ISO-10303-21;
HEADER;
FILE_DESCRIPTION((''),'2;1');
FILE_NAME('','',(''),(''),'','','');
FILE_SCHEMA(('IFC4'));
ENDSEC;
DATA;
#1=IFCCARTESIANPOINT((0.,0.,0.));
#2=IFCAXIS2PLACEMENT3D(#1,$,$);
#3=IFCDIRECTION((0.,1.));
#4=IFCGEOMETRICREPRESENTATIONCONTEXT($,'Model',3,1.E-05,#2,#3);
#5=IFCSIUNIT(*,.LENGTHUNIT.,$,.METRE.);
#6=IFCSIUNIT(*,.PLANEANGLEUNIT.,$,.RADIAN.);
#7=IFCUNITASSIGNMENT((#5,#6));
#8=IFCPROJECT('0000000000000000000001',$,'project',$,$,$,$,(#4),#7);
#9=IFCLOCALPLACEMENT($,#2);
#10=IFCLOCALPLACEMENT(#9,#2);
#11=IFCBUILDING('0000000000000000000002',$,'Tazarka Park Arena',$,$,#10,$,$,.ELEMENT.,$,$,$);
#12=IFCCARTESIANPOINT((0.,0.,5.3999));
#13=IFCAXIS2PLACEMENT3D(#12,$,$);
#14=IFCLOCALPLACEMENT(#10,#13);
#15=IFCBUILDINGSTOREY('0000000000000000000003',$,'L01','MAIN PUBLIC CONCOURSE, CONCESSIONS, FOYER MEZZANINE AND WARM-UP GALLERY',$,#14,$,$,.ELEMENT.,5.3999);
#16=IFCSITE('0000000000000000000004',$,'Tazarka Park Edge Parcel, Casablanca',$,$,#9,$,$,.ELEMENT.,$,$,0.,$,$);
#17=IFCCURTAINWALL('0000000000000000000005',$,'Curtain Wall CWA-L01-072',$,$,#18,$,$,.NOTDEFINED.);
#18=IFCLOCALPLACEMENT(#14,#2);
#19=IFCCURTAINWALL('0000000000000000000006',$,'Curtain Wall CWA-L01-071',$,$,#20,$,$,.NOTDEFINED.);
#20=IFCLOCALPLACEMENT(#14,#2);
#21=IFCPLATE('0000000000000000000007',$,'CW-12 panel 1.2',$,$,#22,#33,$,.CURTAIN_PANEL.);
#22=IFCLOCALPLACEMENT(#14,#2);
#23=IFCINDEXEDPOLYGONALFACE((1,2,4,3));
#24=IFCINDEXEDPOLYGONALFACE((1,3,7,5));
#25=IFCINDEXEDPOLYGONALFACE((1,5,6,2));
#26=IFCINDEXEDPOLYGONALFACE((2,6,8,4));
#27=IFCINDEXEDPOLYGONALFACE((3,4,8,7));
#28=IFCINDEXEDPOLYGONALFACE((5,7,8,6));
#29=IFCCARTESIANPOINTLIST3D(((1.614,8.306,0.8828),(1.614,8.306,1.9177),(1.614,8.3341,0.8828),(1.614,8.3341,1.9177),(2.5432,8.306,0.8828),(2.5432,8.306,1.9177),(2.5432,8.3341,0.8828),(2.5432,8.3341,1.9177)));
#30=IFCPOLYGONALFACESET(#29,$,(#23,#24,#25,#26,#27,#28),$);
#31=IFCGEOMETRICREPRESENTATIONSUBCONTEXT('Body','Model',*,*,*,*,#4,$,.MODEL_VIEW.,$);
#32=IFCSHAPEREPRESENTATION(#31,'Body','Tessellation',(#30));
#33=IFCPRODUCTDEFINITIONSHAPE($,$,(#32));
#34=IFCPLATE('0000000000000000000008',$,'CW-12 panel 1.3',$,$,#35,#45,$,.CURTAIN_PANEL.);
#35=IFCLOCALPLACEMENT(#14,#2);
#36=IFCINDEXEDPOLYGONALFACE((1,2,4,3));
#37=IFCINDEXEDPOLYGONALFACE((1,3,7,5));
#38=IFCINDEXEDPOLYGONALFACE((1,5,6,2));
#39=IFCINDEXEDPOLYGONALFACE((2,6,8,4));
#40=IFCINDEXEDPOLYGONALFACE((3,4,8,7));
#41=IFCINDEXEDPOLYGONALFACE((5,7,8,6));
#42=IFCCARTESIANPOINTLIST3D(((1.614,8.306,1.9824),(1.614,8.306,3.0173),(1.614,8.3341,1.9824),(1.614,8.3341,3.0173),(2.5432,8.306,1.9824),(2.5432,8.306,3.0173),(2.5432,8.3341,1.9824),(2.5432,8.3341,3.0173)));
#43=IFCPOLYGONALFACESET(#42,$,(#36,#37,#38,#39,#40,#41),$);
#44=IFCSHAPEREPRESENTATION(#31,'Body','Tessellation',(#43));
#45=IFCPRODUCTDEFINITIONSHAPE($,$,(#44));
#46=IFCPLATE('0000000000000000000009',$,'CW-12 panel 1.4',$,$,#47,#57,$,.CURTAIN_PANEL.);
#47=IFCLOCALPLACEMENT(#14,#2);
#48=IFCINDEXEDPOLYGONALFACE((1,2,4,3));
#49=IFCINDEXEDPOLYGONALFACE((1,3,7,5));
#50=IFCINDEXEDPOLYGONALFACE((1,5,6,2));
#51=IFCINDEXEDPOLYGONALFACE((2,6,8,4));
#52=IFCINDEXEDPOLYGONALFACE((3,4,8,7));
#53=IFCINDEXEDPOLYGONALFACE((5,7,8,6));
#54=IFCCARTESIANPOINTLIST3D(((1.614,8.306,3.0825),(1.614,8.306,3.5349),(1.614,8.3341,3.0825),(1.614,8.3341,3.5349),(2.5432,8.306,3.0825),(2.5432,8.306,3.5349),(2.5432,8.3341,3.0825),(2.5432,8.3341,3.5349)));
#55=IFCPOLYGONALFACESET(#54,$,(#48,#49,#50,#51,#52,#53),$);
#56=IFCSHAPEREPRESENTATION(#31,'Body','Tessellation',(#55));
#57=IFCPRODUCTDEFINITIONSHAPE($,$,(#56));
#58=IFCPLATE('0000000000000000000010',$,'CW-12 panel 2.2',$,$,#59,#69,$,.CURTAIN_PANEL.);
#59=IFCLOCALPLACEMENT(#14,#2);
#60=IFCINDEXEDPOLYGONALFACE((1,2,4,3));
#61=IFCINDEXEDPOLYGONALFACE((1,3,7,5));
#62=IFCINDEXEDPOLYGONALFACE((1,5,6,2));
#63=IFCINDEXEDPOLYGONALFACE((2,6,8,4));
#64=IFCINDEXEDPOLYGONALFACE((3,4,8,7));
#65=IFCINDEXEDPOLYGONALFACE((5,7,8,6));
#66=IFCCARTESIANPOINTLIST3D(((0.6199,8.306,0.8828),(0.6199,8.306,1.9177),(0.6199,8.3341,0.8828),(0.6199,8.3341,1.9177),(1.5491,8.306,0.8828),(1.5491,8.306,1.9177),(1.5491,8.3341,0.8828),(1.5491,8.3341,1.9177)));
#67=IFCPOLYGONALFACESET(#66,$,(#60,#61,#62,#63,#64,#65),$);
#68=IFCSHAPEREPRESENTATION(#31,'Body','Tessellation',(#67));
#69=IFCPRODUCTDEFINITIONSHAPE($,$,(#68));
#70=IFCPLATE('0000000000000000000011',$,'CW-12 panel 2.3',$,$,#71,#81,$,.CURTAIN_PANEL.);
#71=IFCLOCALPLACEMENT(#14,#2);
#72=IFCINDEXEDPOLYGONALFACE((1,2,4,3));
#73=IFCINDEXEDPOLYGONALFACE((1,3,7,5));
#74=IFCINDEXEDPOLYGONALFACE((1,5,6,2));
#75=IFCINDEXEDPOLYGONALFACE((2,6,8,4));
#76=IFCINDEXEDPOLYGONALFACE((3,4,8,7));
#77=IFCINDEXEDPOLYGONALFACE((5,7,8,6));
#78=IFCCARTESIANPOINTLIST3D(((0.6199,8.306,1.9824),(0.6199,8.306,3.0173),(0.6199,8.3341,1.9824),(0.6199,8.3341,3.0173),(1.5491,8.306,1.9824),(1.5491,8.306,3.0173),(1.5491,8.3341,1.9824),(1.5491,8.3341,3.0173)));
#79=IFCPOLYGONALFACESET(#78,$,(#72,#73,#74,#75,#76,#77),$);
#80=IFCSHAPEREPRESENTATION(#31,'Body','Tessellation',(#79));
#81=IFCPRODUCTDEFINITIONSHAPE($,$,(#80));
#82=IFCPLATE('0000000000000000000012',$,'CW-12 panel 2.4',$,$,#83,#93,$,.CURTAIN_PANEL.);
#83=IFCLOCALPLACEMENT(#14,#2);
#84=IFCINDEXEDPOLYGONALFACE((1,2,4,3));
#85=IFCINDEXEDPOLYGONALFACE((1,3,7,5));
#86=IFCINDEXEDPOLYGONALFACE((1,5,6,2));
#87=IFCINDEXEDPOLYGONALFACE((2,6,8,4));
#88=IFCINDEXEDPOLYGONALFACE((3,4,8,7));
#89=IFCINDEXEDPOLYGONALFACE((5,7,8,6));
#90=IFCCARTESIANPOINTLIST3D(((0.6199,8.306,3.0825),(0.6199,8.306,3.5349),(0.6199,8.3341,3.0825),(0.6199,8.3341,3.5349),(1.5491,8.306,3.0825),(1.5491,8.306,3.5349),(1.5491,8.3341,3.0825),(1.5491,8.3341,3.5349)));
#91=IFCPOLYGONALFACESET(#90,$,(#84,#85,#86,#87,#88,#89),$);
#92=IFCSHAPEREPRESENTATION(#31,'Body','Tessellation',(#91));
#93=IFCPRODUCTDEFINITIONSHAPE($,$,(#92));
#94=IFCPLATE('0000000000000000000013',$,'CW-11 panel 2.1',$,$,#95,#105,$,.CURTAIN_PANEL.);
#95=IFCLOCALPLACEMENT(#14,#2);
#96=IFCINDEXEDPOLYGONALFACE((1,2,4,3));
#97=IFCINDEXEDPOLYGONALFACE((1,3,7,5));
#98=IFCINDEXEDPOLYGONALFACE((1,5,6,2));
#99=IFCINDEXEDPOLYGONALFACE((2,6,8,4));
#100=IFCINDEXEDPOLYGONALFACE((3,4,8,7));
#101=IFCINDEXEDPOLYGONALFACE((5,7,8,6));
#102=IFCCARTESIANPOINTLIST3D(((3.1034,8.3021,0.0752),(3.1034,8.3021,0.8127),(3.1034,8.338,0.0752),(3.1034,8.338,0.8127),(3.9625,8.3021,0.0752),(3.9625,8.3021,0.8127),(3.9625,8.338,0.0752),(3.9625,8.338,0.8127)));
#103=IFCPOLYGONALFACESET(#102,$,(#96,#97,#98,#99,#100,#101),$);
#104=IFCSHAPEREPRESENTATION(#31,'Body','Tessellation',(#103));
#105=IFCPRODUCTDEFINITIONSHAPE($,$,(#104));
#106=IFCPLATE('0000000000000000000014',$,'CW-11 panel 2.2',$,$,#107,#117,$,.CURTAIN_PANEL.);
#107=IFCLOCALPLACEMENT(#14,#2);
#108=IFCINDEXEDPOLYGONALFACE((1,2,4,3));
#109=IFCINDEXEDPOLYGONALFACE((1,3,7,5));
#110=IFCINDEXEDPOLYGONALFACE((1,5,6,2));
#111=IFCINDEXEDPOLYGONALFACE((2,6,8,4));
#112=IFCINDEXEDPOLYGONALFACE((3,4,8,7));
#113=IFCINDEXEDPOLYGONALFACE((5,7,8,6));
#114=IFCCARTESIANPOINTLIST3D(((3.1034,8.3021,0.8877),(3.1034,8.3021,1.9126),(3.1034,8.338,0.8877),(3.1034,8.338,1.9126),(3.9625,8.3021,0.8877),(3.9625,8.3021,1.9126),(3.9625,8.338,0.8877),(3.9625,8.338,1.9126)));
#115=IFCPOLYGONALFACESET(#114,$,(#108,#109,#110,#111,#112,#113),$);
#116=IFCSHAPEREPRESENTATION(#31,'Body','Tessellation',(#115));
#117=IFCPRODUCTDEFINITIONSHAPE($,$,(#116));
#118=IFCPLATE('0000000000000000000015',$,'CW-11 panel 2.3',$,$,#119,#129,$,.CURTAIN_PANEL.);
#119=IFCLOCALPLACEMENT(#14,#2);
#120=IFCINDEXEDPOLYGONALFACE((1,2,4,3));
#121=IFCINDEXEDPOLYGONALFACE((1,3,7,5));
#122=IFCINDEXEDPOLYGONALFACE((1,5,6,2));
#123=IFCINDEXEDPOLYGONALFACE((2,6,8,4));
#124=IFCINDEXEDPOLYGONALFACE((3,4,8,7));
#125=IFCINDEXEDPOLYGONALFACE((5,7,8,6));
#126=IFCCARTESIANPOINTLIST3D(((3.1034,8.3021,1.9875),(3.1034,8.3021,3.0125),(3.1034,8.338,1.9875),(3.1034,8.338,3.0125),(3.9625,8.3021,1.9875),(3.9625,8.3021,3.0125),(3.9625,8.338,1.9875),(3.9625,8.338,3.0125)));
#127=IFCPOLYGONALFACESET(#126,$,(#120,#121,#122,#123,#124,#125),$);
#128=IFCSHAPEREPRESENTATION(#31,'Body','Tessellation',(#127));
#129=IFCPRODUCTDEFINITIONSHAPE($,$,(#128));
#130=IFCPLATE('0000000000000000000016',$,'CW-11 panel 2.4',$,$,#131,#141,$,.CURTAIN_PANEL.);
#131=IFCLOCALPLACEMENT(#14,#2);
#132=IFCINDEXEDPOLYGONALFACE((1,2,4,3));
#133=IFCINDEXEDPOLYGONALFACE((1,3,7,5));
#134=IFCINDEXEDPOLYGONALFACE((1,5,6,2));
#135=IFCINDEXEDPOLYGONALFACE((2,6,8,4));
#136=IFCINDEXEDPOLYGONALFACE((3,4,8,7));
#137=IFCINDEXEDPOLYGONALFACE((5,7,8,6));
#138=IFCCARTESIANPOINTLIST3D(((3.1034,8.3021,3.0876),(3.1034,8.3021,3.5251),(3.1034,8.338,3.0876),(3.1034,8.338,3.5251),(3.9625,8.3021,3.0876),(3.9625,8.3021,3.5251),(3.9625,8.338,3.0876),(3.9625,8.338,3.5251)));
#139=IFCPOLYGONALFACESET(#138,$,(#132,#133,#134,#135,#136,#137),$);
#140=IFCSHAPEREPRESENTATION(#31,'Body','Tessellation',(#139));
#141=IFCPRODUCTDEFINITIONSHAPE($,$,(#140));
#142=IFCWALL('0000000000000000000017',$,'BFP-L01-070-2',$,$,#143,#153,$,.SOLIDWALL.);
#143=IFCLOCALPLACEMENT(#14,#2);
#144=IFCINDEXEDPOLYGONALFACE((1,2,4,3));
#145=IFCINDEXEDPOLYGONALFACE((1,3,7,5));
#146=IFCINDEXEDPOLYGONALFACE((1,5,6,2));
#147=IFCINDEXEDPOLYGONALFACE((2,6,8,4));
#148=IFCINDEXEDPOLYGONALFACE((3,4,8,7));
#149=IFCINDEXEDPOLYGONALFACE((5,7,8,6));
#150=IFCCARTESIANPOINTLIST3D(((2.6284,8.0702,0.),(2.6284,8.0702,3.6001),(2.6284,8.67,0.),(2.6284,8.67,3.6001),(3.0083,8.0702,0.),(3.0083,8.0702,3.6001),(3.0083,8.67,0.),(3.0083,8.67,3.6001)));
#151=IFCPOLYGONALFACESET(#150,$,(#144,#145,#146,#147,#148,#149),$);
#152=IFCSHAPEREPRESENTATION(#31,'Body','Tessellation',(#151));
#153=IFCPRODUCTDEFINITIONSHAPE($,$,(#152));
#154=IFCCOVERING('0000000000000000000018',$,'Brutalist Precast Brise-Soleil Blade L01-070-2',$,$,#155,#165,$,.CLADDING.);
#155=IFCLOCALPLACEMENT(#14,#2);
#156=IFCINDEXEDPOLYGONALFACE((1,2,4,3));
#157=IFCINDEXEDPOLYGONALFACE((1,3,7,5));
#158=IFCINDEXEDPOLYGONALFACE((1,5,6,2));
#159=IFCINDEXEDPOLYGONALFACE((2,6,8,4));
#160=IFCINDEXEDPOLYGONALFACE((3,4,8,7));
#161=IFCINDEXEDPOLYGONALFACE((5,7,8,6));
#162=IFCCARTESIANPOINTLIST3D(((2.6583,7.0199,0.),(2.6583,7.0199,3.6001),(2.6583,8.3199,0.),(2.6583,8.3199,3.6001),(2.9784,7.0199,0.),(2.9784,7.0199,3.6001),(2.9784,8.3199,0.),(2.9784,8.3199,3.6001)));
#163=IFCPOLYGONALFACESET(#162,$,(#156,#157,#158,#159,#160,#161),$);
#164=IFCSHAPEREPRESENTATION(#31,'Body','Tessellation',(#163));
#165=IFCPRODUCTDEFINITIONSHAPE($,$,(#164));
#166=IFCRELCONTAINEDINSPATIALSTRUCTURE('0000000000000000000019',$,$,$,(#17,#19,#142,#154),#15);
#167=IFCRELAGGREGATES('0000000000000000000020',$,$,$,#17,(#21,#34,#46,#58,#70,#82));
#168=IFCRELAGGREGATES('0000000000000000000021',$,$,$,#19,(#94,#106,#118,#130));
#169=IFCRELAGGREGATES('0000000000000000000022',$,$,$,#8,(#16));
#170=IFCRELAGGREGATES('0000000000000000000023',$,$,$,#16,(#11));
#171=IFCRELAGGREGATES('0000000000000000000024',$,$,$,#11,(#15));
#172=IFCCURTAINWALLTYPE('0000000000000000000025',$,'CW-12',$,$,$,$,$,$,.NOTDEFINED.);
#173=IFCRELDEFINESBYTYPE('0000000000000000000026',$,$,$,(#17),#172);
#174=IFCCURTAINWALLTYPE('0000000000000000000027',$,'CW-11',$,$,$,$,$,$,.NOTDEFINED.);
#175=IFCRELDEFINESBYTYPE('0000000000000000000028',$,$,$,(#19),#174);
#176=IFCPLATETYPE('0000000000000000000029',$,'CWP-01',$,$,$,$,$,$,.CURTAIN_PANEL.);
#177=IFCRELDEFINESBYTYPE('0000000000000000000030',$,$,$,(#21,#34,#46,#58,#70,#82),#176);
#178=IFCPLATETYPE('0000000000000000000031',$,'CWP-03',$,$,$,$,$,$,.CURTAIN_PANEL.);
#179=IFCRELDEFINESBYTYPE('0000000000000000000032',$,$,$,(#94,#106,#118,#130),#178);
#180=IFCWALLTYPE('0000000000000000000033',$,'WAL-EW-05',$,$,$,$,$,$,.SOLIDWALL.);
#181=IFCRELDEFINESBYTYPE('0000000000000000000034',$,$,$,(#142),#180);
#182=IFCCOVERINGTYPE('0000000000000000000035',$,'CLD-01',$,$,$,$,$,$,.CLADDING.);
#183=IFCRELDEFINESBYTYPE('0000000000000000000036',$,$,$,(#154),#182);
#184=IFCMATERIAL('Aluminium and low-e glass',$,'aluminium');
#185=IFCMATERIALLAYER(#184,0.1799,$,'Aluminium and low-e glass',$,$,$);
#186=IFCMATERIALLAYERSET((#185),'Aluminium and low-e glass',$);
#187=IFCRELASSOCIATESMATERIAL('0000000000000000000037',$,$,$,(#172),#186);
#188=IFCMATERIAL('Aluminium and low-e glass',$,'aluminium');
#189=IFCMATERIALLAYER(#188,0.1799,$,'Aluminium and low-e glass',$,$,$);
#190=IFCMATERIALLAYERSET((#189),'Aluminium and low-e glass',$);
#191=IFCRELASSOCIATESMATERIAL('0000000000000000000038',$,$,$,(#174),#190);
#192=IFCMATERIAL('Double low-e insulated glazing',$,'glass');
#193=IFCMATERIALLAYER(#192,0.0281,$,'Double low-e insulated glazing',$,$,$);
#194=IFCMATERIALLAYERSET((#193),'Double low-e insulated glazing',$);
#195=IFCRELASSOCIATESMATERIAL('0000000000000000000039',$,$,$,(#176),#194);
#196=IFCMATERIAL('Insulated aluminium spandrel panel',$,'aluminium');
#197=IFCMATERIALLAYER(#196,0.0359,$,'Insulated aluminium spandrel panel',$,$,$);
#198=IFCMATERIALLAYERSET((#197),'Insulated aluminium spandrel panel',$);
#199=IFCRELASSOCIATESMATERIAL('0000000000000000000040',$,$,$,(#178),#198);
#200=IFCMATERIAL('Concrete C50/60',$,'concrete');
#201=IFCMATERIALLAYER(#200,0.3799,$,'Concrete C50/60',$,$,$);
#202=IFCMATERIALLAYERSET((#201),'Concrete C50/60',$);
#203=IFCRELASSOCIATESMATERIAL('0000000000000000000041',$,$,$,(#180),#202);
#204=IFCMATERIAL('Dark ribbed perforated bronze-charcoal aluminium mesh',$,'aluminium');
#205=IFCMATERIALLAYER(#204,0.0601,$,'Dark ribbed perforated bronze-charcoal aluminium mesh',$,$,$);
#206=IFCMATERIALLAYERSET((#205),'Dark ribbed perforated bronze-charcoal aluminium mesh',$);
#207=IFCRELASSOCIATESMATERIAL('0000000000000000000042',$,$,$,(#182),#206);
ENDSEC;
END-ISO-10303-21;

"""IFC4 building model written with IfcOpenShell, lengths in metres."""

from ifc_helpers import new_model, si_unit, direction, frame, frame_2d, origin, origin_2d, place, context, subcontext, project, spatial, rectangle, extrude, material, layer, layer_set, type_object, element, aggregate, save


model = new_model("IFC4")

# Units and contexts
model_context = context("Model", 3, precision=1e-05, world=origin(), true_north=direction((0.0, 1.0)))
body_context = subcontext(model_context, "Body", "Model", "MODEL_VIEW")
ifc_project = project(units=[si_unit("LENGTHUNIT", "METRE"), si_unit("PLANEANGLEUNIT", "RADIAN")], contexts=[model_context])

# Site, building, storey
site_placement = place(None, origin())
site = spatial("IfcSite", under=ifc_project, at=site_placement, Name="Tazarka Park Edge Parcel, Casablanca", CompositionType="ELEMENT", RefElevation=0.0)
building_placement = place(site_placement, origin())
building = spatial("IfcBuilding", under=site, at=building_placement, Name="Tazarka Park Arena", CompositionType="ELEMENT")
storey_placement = place(building_placement, frame((0.0, 0.0, 5.3999)))
storey = spatial("IfcBuildingStorey", under=building, at=storey_placement, Name="L01", Description="MAIN PUBLIC CONCOURSE, CONCESSIONS, FOYER MEZZANINE AND WARM-UP GALLERY", CompositionType="ELEMENT", Elevation=5.3999)

# Curtain wall
ifc_material_1 = material(Name="Aluminium and low-e glass", Category="aluminium")
ifc_layer_1 = layer(ifc_material_1, 0.1799, Name="Aluminium and low-e glass")
ifc_layer_set_1 = layer_set([ifc_layer_1], Name="Aluminium and low-e glass")
curtain_wall_type_1 = type_object("IfcCurtainWallType", Name="CW-12", PredefinedType="NOTDEFINED", material=ifc_layer_set_1)
curtain_wall_1_placement = place(storey_placement, origin())
curtain_wall_1 = element("IfcCurtainWall", 1, at=curtain_wall_1_placement, inside=storey, type_object=curtain_wall_type_1, Name="Curtain Wall CWA-L01-072", PredefinedType="NOTDEFINED")

# Curtain wall
ifc_material_2 = material(Name="Aluminium and low-e glass", Category="aluminium")
ifc_layer_2 = layer(ifc_material_2, 0.1799, Name="Aluminium and low-e glass")
ifc_layer_set_2 = layer_set([ifc_layer_2], Name="Aluminium and low-e glass")
curtain_wall_type_2 = type_object("IfcCurtainWallType", Name="CW-11", PredefinedType="NOTDEFINED", material=ifc_layer_set_2)
curtain_wall_2_placement = place(storey_placement, origin())
curtain_wall_2 = element("IfcCurtainWall", 2, at=curtain_wall_2_placement, inside=storey, type_object=curtain_wall_type_2, Name="Curtain Wall CWA-L01-071", PredefinedType="NOTDEFINED")

# Plates
ifc_material_3 = material(Name="Double low-e insulated glazing", Category="glass")
ifc_layer_3 = layer(ifc_material_3, 0.0281, Name="Double low-e insulated glazing")
ifc_layer_set_3 = layer_set([ifc_layer_3], Name="Double low-e insulated glazing")
plate_type_1 = type_object("IfcPlateType", Name="CWP-01", PredefinedType="CURTAIN_PANEL", material=ifc_layer_set_3)
plate_1_placement = place(storey_placement, frame((2.0786, 8.3201, 0.8828), z_axis=(0.0, 0.0, 1.0), x_axis=(-1.0, 0.0, 0.0)))
plate_1 = element("IfcPlate", 3, at=plate_1_placement, type_object=plate_type_1, Name="CW-12 panel 1.2", PredefinedType="CURTAIN_PANEL", context=body_context, shape_type="SweptSolid", body=[
    extrude(rectangle(XDim=0.9292, YDim=0.0281, at=origin_2d()), origin(), (0.0, 0.0, 1.0), 1.0349),
])
plate_2_placement = place(storey_placement, frame((2.0786, 8.3201, 1.9824), z_axis=(0.0, 0.0, 1.0), x_axis=(-1.0, 0.0, 0.0)))
plate_2 = element("IfcPlate", 4, at=plate_2_placement, type_object=plate_type_1, Name="CW-12 panel 1.3", PredefinedType="CURTAIN_PANEL", context=body_context, shape_type="SweptSolid", body=[
    extrude(rectangle(XDim=0.9292, YDim=0.0281, at=origin_2d()), origin(), (0.0, 0.0, 1.0), 1.0349),
])
plate_3_placement = place(storey_placement, frame((2.0786, 8.3201, 3.0825), z_axis=(0.0, 0.0, 1.0), x_axis=(-1.0, 0.0, 0.0)))
plate_3 = element("IfcPlate", 5, at=plate_3_placement, type_object=plate_type_1, Name="CW-12 panel 1.4", PredefinedType="CURTAIN_PANEL", context=body_context, shape_type="SweptSolid", body=[
    extrude(rectangle(XDim=0.9292, YDim=0.0281, at=origin_2d()), origin(), (0.0, 0.0, 1.0), 0.4524),
])
plate_4_placement = place(storey_placement, frame((1.0845, 8.3201, 0.8828), z_axis=(0.0, 0.0, 1.0), x_axis=(-1.0, 0.0, 0.0)))
plate_4 = element("IfcPlate", 6, at=plate_4_placement, type_object=plate_type_1, Name="CW-12 panel 2.2", PredefinedType="CURTAIN_PANEL", context=body_context, shape_type="SweptSolid", body=[
    extrude(rectangle(XDim=0.9292, YDim=0.0281, at=origin_2d()), origin(), (0.0, 0.0, 1.0), 1.0349),
])
plate_5_placement = place(storey_placement, frame((1.0845, 8.3201, 1.9824), z_axis=(0.0, 0.0, 1.0), x_axis=(-1.0, 0.0, 0.0)))
plate_5 = element("IfcPlate", 7, at=plate_5_placement, type_object=plate_type_1, Name="CW-12 panel 2.3", PredefinedType="CURTAIN_PANEL", context=body_context, shape_type="SweptSolid", body=[
    extrude(rectangle(XDim=0.9292, YDim=0.0281, at=origin_2d()), origin(), (0.0, 0.0, 1.0), 1.0349),
])
plate_6_placement = place(storey_placement, frame((1.0845, 8.3201, 3.0825), z_axis=(0.0, 0.0, 1.0), x_axis=(-1.0, 0.0, 0.0)))
plate_6 = element("IfcPlate", 8, at=plate_6_placement, type_object=plate_type_1, Name="CW-12 panel 2.4", PredefinedType="CURTAIN_PANEL", context=body_context, shape_type="SweptSolid", body=[
    extrude(rectangle(XDim=0.9292, YDim=0.0281, at=origin_2d()), origin(), (0.0, 0.0, 1.0), 0.4524),
])
aggregate(curtain_wall_1, [plate_1, plate_2, plate_3, plate_4, plate_5, plate_6])
ifc_material_4 = material(Name="Insulated aluminium spandrel panel", Category="aluminium")
ifc_layer_4 = layer(ifc_material_4, 0.0359, Name="Insulated aluminium spandrel panel")
ifc_layer_set_4 = layer_set([ifc_layer_4], Name="Insulated aluminium spandrel panel")
plate_type_2 = type_object("IfcPlateType", Name="CWP-03", PredefinedType="CURTAIN_PANEL", material=ifc_layer_set_4)
plate_7_placement = place(storey_placement, frame((3.533, 8.3201, 0.0752), z_axis=(0.0, 0.0, 1.0), x_axis=(-1.0, 0.0, 0.0)))
plate_7 = element("IfcPlate", 9, at=plate_7_placement, type_object=plate_type_2, Name="CW-11 panel 2.1", PredefinedType="CURTAIN_PANEL", context=body_context, shape_type="SweptSolid", body=[
    extrude(rectangle(XDim=0.8591, YDim=0.0359, at=origin_2d()), origin(), (0.0, 0.0, 1.0), 0.7375),
])
plate_8_placement = place(storey_placement, frame((3.533, 8.3201, 0.8877), z_axis=(0.0, 0.0, 1.0), x_axis=(-1.0, 0.0, 0.0)))
plate_8 = element("IfcPlate", 10, at=plate_8_placement, type_object=plate_type_2, Name="CW-11 panel 2.2", PredefinedType="CURTAIN_PANEL", context=body_context, shape_type="SweptSolid", body=[
    extrude(rectangle(XDim=0.8591, YDim=0.0359, at=origin_2d()), origin(), (0.0, 0.0, 1.0), 1.0249),
])
plate_9_placement = place(storey_placement, frame((3.533, 8.3201, 1.9875), z_axis=(0.0, 0.0, 1.0), x_axis=(-1.0, 0.0, 0.0)))
plate_9 = element("IfcPlate", 11, at=plate_9_placement, type_object=plate_type_2, Name="CW-11 panel 2.3", PredefinedType="CURTAIN_PANEL", context=body_context, shape_type="SweptSolid", body=[
    extrude(rectangle(XDim=0.8591, YDim=0.0359, at=origin_2d()), origin(), (0.0, 0.0, 1.0), 1.0249),
])
plate_10_placement = place(storey_placement, frame((3.533, 8.3201, 3.0876), z_axis=(0.0, 0.0, 1.0), x_axis=(-1.0, 0.0, 0.0)))
plate_10 = element("IfcPlate", 12, at=plate_10_placement, type_object=plate_type_2, Name="CW-11 panel 2.4", PredefinedType="CURTAIN_PANEL", context=body_context, shape_type="SweptSolid", body=[
    extrude(rectangle(XDim=0.8591, YDim=0.0359, at=origin_2d()), origin(), (0.0, 0.0, 1.0), 0.4375),
])
aggregate(curtain_wall_2, [plate_7, plate_8, plate_9, plate_10])

# Wall
ifc_material_5 = material(Name="Concrete C50/60", Category="concrete")
ifc_layer_5 = layer(ifc_material_5, 0.3799, Name="Concrete C50/60")
ifc_layer_set_5 = layer_set([ifc_layer_5], Name="Concrete C50/60")
wall_type = type_object("IfcWallType", Name="WAL-EW-05", PredefinedType="SOLIDWALL", material=ifc_layer_set_5)
wall_placement = place(storey_placement, frame((2.8184, 8.6699, 0.0), z_axis=(0.0, 0.0, 1.0), x_axis=(0.0, -1.0, 0.0)))
element("IfcWall", 13, at=wall_placement, inside=storey, type_object=wall_type, Name="BFP-L01-070-2", PredefinedType="SOLIDWALL", context=body_context, shape_type="SweptSolid", body=[
    extrude(rectangle(XDim=0.5999, YDim=0.3799, at=frame_2d((0.2998, 0.0))), origin(), (0.0, 0.0, 1.0), 3.6001),
])

# Covering
ifc_material_6 = material(Name="Dark ribbed perforated bronze-charcoal aluminium mesh", Category="aluminium")
ifc_layer_6 = layer(ifc_material_6, 0.0601, Name="Dark ribbed perforated bronze-charcoal aluminium mesh")
ifc_layer_set_6 = layer_set([ifc_layer_6], Name="Dark ribbed perforated bronze-charcoal aluminium mesh")
covering_type = type_object("IfcCoveringType", Name="CLD-01", PredefinedType="CLADDING", material=ifc_layer_set_6)
covering_placement = place(storey_placement, frame((2.8184, 7.6699, 0.0), z_axis=(0.0, 0.0, 1.0), x_axis=(-1.0, 0.0, 0.0)))
element("IfcCovering", 14, at=covering_placement, inside=storey, type_object=covering_type, Name="Brutalist Precast Brise-Soleil Blade L01-070-2", PredefinedType="CLADDING", context=body_context, shape_type="SweptSolid", body=[
    extrude(rectangle(XDim=0.3201, YDim=1.3, at=origin_2d()), origin(), (0.0, 0.0, 1.0), 3.6001),
])

save(model, "model.ifc")
